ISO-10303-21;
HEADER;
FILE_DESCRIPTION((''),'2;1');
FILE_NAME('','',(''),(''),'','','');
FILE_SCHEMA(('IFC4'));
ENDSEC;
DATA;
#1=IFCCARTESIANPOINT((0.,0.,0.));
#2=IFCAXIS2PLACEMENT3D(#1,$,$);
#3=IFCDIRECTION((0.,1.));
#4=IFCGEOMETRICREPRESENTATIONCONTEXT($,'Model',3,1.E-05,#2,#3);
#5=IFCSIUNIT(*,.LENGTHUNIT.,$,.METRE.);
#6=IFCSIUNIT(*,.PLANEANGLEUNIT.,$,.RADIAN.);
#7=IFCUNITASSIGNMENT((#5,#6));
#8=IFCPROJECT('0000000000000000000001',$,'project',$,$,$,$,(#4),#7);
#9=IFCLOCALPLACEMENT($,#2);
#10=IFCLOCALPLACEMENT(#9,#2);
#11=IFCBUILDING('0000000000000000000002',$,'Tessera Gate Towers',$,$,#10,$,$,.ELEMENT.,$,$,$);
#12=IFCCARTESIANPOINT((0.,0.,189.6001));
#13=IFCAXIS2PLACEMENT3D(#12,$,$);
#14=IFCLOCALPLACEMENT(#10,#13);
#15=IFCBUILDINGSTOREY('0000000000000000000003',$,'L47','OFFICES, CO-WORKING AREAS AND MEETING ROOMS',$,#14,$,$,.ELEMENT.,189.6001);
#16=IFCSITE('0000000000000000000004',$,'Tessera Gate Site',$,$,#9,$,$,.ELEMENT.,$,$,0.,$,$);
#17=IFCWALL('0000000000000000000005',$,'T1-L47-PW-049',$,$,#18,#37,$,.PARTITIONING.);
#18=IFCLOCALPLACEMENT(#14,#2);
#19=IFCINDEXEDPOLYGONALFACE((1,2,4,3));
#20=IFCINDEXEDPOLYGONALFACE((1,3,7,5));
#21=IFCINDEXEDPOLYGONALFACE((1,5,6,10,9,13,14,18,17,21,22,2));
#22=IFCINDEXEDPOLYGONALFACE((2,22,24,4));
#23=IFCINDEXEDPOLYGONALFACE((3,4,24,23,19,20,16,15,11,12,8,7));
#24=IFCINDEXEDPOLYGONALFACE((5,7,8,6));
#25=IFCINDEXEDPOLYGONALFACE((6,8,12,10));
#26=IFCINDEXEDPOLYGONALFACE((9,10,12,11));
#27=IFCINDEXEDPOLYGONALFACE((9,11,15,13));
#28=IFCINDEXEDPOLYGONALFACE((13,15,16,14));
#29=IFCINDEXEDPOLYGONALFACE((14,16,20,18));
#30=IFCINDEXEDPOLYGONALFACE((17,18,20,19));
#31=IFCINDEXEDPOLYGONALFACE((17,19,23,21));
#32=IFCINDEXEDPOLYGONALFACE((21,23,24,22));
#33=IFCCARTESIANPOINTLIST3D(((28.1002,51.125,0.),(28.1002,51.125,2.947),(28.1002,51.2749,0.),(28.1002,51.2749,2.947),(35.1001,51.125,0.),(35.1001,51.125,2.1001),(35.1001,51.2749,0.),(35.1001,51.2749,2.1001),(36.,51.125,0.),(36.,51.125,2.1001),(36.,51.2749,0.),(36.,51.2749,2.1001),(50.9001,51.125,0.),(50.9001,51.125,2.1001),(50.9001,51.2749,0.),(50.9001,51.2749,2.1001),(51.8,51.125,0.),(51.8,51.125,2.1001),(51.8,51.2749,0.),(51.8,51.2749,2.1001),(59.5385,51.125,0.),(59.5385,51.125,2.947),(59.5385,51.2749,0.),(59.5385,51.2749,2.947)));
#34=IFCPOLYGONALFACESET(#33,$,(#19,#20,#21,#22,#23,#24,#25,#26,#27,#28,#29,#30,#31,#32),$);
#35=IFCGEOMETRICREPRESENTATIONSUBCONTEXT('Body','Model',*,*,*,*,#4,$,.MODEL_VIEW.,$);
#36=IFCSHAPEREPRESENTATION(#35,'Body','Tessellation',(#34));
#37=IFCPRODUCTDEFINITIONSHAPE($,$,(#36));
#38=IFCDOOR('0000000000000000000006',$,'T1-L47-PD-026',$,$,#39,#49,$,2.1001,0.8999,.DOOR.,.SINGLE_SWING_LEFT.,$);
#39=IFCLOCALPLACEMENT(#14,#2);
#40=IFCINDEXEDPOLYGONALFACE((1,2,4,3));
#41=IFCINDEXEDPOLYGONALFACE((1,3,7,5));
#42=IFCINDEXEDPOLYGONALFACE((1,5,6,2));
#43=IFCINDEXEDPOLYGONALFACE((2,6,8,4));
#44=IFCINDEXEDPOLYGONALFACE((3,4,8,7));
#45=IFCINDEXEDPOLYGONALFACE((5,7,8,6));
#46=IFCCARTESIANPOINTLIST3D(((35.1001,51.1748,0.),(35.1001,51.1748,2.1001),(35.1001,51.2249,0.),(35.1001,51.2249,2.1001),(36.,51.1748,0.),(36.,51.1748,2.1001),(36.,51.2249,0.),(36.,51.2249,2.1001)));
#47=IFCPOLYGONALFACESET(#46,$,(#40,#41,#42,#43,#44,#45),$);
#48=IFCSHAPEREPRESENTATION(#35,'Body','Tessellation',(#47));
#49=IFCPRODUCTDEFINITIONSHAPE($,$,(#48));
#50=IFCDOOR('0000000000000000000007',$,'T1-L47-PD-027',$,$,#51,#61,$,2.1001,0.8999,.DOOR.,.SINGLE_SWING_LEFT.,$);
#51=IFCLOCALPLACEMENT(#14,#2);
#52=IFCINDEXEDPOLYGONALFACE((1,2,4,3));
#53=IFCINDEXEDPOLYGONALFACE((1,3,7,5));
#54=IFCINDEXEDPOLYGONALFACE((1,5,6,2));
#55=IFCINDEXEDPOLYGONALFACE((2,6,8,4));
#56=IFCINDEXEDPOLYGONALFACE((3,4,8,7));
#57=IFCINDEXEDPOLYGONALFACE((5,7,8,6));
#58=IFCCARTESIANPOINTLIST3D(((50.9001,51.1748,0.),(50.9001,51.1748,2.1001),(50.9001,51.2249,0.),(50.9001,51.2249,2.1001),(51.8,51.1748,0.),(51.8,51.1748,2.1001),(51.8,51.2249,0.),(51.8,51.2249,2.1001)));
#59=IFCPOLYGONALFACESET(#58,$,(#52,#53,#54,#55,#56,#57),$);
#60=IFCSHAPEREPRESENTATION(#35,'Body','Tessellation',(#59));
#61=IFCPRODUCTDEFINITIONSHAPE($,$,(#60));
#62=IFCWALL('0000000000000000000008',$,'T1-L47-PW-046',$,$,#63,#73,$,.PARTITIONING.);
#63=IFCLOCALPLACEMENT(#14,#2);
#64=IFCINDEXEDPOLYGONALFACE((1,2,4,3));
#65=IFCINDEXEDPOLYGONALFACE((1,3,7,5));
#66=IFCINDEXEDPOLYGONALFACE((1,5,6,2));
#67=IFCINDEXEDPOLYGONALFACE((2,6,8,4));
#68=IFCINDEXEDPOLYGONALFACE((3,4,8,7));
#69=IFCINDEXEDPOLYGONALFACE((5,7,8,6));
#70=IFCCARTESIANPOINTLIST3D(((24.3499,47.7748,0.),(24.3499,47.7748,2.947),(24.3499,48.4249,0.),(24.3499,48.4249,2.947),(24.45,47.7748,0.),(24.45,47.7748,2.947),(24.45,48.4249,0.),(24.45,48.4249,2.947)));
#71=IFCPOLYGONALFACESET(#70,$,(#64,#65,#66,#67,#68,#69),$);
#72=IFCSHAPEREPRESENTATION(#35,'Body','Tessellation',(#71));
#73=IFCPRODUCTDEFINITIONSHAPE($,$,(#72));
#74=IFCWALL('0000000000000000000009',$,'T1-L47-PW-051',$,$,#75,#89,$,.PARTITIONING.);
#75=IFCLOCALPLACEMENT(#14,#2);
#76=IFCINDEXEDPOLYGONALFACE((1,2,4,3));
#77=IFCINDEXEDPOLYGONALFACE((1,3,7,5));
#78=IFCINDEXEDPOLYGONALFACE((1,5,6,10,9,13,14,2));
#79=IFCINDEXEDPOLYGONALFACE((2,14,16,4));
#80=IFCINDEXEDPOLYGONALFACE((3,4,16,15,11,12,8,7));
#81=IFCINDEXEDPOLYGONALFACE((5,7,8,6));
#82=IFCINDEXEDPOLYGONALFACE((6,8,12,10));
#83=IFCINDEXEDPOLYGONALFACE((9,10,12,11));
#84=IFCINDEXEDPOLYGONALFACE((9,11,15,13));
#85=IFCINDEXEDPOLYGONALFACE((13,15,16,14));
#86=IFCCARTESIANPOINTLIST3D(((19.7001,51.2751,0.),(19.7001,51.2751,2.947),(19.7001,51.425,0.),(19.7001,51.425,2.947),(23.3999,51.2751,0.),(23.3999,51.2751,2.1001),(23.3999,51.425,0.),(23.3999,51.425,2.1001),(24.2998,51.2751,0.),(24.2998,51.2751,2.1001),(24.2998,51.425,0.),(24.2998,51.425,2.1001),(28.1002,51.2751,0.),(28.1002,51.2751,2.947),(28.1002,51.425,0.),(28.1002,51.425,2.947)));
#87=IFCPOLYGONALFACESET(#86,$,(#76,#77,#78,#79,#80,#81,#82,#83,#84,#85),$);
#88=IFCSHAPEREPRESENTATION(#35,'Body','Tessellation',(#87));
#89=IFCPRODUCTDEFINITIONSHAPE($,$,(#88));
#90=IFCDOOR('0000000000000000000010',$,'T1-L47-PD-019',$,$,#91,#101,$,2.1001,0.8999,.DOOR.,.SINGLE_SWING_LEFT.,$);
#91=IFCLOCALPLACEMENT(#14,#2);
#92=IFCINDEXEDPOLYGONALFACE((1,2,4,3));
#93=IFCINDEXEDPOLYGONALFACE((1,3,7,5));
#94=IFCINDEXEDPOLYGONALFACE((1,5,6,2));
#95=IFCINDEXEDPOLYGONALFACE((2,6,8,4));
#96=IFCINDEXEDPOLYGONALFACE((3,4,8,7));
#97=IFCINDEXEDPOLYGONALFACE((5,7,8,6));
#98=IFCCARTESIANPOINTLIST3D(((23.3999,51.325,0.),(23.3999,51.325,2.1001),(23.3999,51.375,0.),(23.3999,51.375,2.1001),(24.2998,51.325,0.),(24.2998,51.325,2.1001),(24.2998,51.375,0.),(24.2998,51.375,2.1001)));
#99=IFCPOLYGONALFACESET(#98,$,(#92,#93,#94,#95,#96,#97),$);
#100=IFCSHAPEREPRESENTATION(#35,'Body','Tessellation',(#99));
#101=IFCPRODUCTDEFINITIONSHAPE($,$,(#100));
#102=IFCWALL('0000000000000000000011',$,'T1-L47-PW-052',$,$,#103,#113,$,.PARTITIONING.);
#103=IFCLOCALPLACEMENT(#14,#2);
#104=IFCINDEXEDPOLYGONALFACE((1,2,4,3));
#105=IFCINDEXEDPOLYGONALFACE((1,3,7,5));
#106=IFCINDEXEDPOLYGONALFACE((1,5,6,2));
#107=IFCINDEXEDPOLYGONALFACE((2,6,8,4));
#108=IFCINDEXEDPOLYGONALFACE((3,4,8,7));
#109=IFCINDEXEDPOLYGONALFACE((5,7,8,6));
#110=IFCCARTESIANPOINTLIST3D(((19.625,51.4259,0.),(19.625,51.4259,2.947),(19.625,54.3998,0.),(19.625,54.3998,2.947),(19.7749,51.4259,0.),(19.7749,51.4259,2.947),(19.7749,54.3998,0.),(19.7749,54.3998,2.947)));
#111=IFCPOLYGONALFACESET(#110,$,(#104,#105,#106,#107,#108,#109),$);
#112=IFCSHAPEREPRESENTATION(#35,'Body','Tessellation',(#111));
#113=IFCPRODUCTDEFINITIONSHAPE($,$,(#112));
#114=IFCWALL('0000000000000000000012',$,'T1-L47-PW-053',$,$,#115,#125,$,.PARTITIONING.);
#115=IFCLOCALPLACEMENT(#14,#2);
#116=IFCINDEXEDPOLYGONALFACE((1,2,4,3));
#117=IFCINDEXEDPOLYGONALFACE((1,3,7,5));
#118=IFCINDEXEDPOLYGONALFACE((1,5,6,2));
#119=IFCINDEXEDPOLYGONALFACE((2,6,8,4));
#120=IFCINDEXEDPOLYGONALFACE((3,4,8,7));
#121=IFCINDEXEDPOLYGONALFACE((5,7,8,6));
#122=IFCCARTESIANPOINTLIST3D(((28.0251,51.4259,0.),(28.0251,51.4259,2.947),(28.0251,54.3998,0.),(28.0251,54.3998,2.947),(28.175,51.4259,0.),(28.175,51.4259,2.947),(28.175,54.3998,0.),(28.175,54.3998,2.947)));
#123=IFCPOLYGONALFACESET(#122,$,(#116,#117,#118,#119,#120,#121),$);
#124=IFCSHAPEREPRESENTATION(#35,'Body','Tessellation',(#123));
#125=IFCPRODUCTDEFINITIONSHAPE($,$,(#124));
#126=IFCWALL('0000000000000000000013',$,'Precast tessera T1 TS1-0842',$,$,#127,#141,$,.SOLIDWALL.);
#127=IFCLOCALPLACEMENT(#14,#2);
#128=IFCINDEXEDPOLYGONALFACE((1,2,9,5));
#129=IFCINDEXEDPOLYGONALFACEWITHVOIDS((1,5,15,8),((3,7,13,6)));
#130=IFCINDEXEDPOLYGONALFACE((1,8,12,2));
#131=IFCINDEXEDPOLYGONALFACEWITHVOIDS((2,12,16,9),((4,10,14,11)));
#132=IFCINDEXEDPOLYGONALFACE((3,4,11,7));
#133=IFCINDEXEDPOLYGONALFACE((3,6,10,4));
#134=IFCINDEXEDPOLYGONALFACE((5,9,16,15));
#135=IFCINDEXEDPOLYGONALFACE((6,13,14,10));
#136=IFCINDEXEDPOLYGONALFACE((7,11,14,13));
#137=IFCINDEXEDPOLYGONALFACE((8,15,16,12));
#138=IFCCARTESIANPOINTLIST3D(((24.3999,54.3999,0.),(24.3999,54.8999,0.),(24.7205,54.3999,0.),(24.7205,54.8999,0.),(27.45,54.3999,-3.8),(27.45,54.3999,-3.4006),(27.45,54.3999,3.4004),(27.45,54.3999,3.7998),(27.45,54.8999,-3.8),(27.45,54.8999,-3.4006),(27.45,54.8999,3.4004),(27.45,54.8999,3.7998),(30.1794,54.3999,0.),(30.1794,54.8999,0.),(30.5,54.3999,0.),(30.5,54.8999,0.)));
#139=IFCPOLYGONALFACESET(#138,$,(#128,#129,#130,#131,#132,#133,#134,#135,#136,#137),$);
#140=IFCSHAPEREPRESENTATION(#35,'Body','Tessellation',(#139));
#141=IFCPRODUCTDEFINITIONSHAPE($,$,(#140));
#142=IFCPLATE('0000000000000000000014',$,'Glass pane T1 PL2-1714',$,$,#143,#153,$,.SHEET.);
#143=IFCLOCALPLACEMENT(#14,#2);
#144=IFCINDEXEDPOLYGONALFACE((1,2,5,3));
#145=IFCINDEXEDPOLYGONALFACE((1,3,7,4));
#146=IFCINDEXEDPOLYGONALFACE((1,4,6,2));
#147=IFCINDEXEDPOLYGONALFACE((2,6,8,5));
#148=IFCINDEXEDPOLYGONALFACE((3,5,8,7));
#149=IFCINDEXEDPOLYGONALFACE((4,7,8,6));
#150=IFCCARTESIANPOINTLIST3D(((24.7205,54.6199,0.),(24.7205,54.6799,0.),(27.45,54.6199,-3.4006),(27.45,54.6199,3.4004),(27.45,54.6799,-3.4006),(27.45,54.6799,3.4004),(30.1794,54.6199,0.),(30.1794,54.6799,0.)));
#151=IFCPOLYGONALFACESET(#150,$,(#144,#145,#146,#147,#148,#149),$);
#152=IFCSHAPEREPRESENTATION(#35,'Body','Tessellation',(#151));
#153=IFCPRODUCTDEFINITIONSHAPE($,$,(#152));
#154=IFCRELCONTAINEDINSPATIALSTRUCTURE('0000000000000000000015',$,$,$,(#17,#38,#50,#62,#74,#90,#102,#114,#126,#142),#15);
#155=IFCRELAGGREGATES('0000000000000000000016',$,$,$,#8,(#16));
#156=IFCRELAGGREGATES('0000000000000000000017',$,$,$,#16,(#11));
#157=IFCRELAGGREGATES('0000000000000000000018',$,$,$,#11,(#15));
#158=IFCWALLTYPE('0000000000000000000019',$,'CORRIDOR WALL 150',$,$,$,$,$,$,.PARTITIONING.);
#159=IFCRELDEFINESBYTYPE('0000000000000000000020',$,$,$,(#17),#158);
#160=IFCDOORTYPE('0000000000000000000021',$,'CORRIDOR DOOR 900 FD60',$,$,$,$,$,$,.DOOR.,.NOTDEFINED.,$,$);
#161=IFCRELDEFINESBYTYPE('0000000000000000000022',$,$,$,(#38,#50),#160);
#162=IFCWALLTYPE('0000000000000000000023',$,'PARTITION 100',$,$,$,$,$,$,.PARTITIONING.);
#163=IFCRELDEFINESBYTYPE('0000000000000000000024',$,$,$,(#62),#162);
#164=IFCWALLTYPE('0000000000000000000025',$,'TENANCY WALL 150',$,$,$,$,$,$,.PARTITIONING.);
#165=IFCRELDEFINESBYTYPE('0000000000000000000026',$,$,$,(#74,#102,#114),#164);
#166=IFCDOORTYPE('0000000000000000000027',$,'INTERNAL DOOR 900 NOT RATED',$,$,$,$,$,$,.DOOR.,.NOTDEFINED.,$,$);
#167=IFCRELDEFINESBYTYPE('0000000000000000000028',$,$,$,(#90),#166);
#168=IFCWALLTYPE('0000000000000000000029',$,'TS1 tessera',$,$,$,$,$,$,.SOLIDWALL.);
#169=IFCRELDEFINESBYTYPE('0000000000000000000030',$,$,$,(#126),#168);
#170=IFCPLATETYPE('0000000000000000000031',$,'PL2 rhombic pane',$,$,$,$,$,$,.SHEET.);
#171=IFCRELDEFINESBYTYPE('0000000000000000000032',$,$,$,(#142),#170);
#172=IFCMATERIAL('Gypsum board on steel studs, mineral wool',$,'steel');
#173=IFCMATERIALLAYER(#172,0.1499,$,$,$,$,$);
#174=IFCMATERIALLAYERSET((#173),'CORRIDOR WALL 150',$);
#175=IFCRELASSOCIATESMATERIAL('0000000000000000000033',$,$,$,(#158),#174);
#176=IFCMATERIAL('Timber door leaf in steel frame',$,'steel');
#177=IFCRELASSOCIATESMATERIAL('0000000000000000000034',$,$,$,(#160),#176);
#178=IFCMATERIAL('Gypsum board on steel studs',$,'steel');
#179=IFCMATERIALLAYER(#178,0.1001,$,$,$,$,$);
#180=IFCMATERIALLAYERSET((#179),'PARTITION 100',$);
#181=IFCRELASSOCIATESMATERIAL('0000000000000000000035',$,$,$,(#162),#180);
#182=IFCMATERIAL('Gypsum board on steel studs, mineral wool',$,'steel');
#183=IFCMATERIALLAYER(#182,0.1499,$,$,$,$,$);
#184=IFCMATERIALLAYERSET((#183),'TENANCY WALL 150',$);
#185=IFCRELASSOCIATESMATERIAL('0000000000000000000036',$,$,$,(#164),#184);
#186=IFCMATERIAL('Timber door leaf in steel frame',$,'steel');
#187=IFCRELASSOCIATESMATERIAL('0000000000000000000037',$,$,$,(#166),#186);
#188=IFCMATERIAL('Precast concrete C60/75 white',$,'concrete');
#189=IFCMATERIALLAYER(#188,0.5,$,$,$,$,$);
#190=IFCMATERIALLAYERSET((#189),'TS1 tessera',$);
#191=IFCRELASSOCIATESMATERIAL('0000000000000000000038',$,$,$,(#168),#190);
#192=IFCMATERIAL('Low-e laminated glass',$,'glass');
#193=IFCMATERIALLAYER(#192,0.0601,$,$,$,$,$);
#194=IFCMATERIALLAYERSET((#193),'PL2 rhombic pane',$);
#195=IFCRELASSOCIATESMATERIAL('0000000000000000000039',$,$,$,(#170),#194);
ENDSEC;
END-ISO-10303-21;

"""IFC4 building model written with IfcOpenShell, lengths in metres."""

from ifc_helpers import new_model, si_unit, direction, frame, frame_2d, origin, place, context, subcontext, project, spatial, polyline, rectangle, outline, extrude, source, transform, mapped, material, layer, layer_set, type_object, element, fill, save


model = new_model("IFC4")

# Units and contexts
model_context = context("Model", 3, precision=1e-05, world=origin(), true_north=direction((0.0, 1.0)))
body_context = subcontext(model_context, "Body", "Model", "MODEL_VIEW")
ifc_project = project(units=[si_unit("LENGTHUNIT", "METRE"), si_unit("PLANEANGLEUNIT", "RADIAN")], contexts=[model_context])

# Site, building, storey
site_placement = place(None, origin())
site = spatial("IfcSite", under=ifc_project, at=site_placement, Name="Tessera Gate Site", CompositionType="ELEMENT", RefElevation=0.0)
building_placement = place(site_placement, origin())
building = spatial("IfcBuilding", under=site, at=building_placement, Name="Tessera Gate Towers", CompositionType="ELEMENT")
storey_placement = place(building_placement, frame((0.0, 0.0, 189.6001)))
storey = spatial("IfcBuildingStorey", under=building, at=storey_placement, Name="L47", Description="OFFICES, CO-WORKING AREAS AND MEETING ROOMS", CompositionType="ELEMENT", Elevation=189.6001)

# Wall, openings, doors
ifc_material_1 = material(Name="Gypsum board on steel studs, mineral wool", Category="steel")
ifc_layer_1 = layer(ifc_material_1, 0.1499)
ifc_layer_set_1 = layer_set([ifc_layer_1], Name="CORRIDOR WALL 150")
wall_type_1 = type_object("IfcWallType", Name="CORRIDOR WALL 150", PredefinedType="PARTITIONING", material=ifc_layer_set_1)
wall_1_placement = place(storey_placement, frame((28.1001, 51.2, 0.0), z_axis=(0.0, 0.0, 1.0), x_axis=(1.0, 0.0, 0.0)))
wall_1 = element("IfcWall", 1, at=wall_1_placement, inside=storey, type_object=wall_type_1, Name="T1-L47-PW-049", PredefinedType="PARTITIONING", context=body_context, shape_type="SweptSolid", body=[
    extrude(rectangle(XDim=31.4382, YDim=0.1499, at=frame_2d((15.7192, 0.0))), origin(), (0.0, 0.0, 1.0), 2.947),
])
shared_shape_1 = source(origin(), body_context, "Body", "SweptSolid", [
    extrude(rectangle(XDim=0.8999, YDim=2.1001, at=frame_2d((0.45, 1.05))), frame((0.0, 0.085, 0.0), z_axis=(0.0, -1.0, 0.0), x_axis=(1.0, 0.0, 0.0)), (0.0, 0.0, 1.0), 0.1699),
])
opening_1_placement = place(wall_1_placement, frame((7.0, 0.0, 0.0)))
opening_1 = element("IfcOpeningElement", 2, at=opening_1_placement, cuts=wall_1, PredefinedType="OPENING", context=body_context, shape_type="MappedRepresentation", body=[
    mapped(shared_shape_1, transform((0.0, 0.0, 0.0), scale=1.0)),
])
opening_2_placement = place(wall_1_placement, frame((22.8, 0.0, 0.0)))
opening_2 = element("IfcOpeningElement", 3, at=opening_2_placement, cuts=wall_1, PredefinedType="OPENING", context=body_context, shape_type="MappedRepresentation", body=[
    mapped(shared_shape_1, transform((0.0, 0.0, 0.0), scale=1.0)),
])
ifc_material_2 = material(Name="Timber door leaf in steel frame", Category="steel")
door_type_1 = type_object("IfcDoorType", Name="CORRIDOR DOOR 900 FD60", OperationType="NOTDEFINED", PredefinedType="DOOR", material=ifc_material_2)
shared_shape_2 = source(origin(), body_context, "Body", "SweptSolid", [
    extrude(rectangle(XDim=0.8999, YDim=2.1001, at=frame_2d((0.45, 1.05))), frame((0.0, 0.0249, 0.0), z_axis=(0.0, -1.0, 0.0), x_axis=(1.0, 0.0, 0.0)), (0.0, 0.0, 1.0), 0.05),
])
door_1_placement = place(opening_1_placement, origin())
door_1 = element("IfcDoor", 4, at=door_1_placement, inside=storey, type_object=door_type_1, Name="T1-L47-PD-026", OperationType="SINGLE_SWING_LEFT", OverallHeight=2.1001, OverallWidth=0.8999, PredefinedType="DOOR", context=body_context, shape_type="MappedRepresentation", body=[
    mapped(shared_shape_2, transform((0.0, 0.0, 0.0), scale=1.0)),
])
fill(opening_1, door_1)
door_2_placement = place(opening_2_placement, origin())
door_2 = element("IfcDoor", 5, at=door_2_placement, inside=storey, type_object=door_type_1, Name="T1-L47-PD-027", OperationType="SINGLE_SWING_LEFT", OverallHeight=2.1001, OverallWidth=0.8999, PredefinedType="DOOR", context=body_context, shape_type="MappedRepresentation", body=[
    mapped(shared_shape_2, transform((0.0, 0.0, 0.0), scale=1.0)),
])
fill(opening_2, door_2)

# Wall
ifc_material_3 = material(Name="Gypsum board on steel studs", Category="steel")
ifc_layer_2 = layer(ifc_material_3, 0.1001)
ifc_layer_set_2 = layer_set([ifc_layer_2], Name="PARTITION 100")
wall_type_2 = type_object("IfcWallType", Name="PARTITION 100", PredefinedType="PARTITIONING", material=ifc_layer_set_2)
wall_2_placement = place(storey_placement, frame((24.3999, 48.425, 0.0), z_axis=(0.0, 0.0, 1.0), x_axis=(0.0, -1.0, 0.0)))
element("IfcWall", 6, at=wall_2_placement, inside=storey, type_object=wall_type_2, Name="T1-L47-PW-046", PredefinedType="PARTITIONING", context=body_context, shape_type="SweptSolid", body=[
    extrude(rectangle(XDim=0.6501, YDim=0.1001, at=frame_2d((0.3252, 0.0))), origin(), (0.0, 0.0, 1.0), 2.947),
])

# Wall, opening, door
ifc_material_4 = material(Name="Gypsum board on steel studs, mineral wool", Category="steel")
ifc_layer_3 = layer(ifc_material_4, 0.1499)
ifc_layer_set_3 = layer_set([ifc_layer_3], Name="TENANCY WALL 150")
wall_type_3 = type_object("IfcWallType", Name="TENANCY WALL 150", PredefinedType="PARTITIONING", material=ifc_layer_set_3)
wall_3_placement = place(storey_placement, frame((19.7, 51.3501, 0.0), z_axis=(0.0, 0.0, 1.0), x_axis=(1.0, 0.0, 0.0)))
wall_3 = element("IfcWall", 7, at=wall_3_placement, inside=storey, type_object=wall_type_3, Name="T1-L47-PW-051", PredefinedType="PARTITIONING", context=body_context, shape_type="SweptSolid", body=[
    extrude(rectangle(XDim=8.4001, YDim=0.1499, at=frame_2d((4.2002, 0.0))), origin(), (0.0, 0.0, 1.0), 2.947),
])
opening_3_placement = place(wall_3_placement, frame((3.7, 0.0, 0.0)))
opening_3 = element("IfcOpeningElement", 8, at=opening_3_placement, cuts=wall_3, PredefinedType="OPENING", context=body_context, shape_type="MappedRepresentation", body=[
    mapped(shared_shape_1, transform((0.0, 0.0, 0.0), scale=1.0)),
])
ifc_material_5 = material(Name="Timber door leaf in steel frame", Category="steel")
door_type_2 = type_object("IfcDoorType", Name="INTERNAL DOOR 900 NOT RATED", OperationType="NOTDEFINED", PredefinedType="DOOR", material=ifc_material_5)
door_3_placement = place(opening_3_placement, origin())
door_3 = element("IfcDoor", 9, at=door_3_placement, inside=storey, type_object=door_type_2, Name="T1-L47-PD-019", OperationType="SINGLE_SWING_LEFT", OverallHeight=2.1001, OverallWidth=0.8999, PredefinedType="DOOR", context=body_context, shape_type="MappedRepresentation", body=[
    mapped(shared_shape_2, transform((0.0, 0.0, 0.0), scale=1.0)),
])
fill(opening_3, door_3)

# Walls
for number, where, z_axis, x_axis, name in (
    (10, (19.7, 51.426, 0.0), (0.0, 0.0, 1.0), (0.0, 1.0, 0.0), "T1-L47-PW-052"),
    (11, (28.1001, 51.426, 0.0), (0.0, 0.0, 1.0), (0.0, 1.0, 0.0), "T1-L47-PW-053"),
):
    element("IfcWall", number, at=place(storey_placement, frame(where, z_axis=z_axis, x_axis=x_axis)), inside=storey, type_object=wall_type_3, Name=name, PredefinedType="PARTITIONING", context=body_context, shape_type="SweptSolid", body=[
        extrude(rectangle(XDim=2.9739, YDim=0.1499, at=frame_2d((1.4868, 0.0))), origin(), (0.0, 0.0, 1.0), 2.947),
    ])

# Wall, opening, plate
ifc_material_6 = material(Name="Precast concrete C60/75 white", Category="concrete")
ifc_layer_4 = layer(ifc_material_6, 0.5)
ifc_layer_set_4 = layer_set([ifc_layer_4], Name="TS1 tessera")
wall_type_4 = type_object("IfcWallType", Name="TS1 tessera", PredefinedType="SOLIDWALL", material=ifc_layer_set_4)
shared_shape_3 = source(origin(), body_context, "Body", "SweptSolid", [
    extrude(outline(polyline([(3.05, 0.0), (6.1001, 3.8), (3.05, 7.5999), (0.0, 3.8), (3.05, 0.0)])), frame((0.0, 0.25, 0.0), z_axis=(0.0, -1.0, 0.0), x_axis=(1.0, 0.0, 0.0)), (0.0, 0.0, 1.0), 0.5),
])
wall_4_placement = place(storey_placement, frame((30.5, 54.6499, -3.8), z_axis=(0.0, 0.0, 1.0), x_axis=(-1.0, 0.0, 0.0)))
wall_4 = element("IfcWall", 12, at=wall_4_placement, inside=storey, type_object=wall_type_4, Name="Precast tessera T1 TS1-0842", PredefinedType="SOLIDWALL", context=body_context, shape_type="MappedRepresentation", body=[
    mapped(shared_shape_3, transform((0.0, 0.0, 0.0), scale=1.0)),
])
shared_shape_4 = source(origin(), body_context, "Body", "SweptSolid", [
    extrude(outline(polyline([(3.05, 0.3994), (5.7795, 3.8), (3.05, 7.2004), (0.3206, 3.8), (3.05, 0.3994)])), frame((0.0, 0.26, 0.0), z_axis=(0.0, -1.0, 0.0), x_axis=(1.0, 0.0, 0.0)), (0.0, 0.0, 1.0), 0.52),
])
opening_4_placement = place(wall_4_placement, origin())
opening_4 = element("IfcOpeningElement", 13, at=opening_4_placement, cuts=wall_4, PredefinedType="OPENING", context=body_context, shape_type="MappedRepresentation", body=[
    mapped(shared_shape_4, transform((0.0, 0.0, 0.0), scale=1.0)),
])
ifc_material_7 = material(Name="Low-e laminated glass", Category="glass")
ifc_layer_5 = layer(ifc_material_7, 0.0601)
ifc_layer_set_5 = layer_set([ifc_layer_5], Name="PL2 rhombic pane")
plate_type_1 = type_object("IfcPlateType", Name="PL2 rhombic pane", PredefinedType="SHEET", material=ifc_layer_set_5)
shared_shape_5 = source(origin(), body_context, "Body", "SweptSolid", [
    extrude(outline(polyline([(3.05, 0.3994), (5.7795, 3.8), (3.05, 7.2004), (0.3206, 3.8), (3.05, 0.3994)])), frame((0.0, 0.03, 0.0), z_axis=(0.0, -1.0, 0.0), x_axis=(1.0, 0.0, 0.0)), (0.0, 0.0, 1.0), 0.0601),
])
plate_1_placement = place(opening_4_placement, origin())
plate_1 = element("IfcPlate", 14, at=plate_1_placement, inside=storey, type_object=plate_type_1, Name="Glass pane T1 PL2-1714", PredefinedType="SHEET", context=body_context, shape_type="MappedRepresentation", body=[
    mapped(shared_shape_5, transform((0.0, 0.0, 0.0), scale=1.0)),
])
fill(opening_4, plate_1)

save(model, "model.ifc")
